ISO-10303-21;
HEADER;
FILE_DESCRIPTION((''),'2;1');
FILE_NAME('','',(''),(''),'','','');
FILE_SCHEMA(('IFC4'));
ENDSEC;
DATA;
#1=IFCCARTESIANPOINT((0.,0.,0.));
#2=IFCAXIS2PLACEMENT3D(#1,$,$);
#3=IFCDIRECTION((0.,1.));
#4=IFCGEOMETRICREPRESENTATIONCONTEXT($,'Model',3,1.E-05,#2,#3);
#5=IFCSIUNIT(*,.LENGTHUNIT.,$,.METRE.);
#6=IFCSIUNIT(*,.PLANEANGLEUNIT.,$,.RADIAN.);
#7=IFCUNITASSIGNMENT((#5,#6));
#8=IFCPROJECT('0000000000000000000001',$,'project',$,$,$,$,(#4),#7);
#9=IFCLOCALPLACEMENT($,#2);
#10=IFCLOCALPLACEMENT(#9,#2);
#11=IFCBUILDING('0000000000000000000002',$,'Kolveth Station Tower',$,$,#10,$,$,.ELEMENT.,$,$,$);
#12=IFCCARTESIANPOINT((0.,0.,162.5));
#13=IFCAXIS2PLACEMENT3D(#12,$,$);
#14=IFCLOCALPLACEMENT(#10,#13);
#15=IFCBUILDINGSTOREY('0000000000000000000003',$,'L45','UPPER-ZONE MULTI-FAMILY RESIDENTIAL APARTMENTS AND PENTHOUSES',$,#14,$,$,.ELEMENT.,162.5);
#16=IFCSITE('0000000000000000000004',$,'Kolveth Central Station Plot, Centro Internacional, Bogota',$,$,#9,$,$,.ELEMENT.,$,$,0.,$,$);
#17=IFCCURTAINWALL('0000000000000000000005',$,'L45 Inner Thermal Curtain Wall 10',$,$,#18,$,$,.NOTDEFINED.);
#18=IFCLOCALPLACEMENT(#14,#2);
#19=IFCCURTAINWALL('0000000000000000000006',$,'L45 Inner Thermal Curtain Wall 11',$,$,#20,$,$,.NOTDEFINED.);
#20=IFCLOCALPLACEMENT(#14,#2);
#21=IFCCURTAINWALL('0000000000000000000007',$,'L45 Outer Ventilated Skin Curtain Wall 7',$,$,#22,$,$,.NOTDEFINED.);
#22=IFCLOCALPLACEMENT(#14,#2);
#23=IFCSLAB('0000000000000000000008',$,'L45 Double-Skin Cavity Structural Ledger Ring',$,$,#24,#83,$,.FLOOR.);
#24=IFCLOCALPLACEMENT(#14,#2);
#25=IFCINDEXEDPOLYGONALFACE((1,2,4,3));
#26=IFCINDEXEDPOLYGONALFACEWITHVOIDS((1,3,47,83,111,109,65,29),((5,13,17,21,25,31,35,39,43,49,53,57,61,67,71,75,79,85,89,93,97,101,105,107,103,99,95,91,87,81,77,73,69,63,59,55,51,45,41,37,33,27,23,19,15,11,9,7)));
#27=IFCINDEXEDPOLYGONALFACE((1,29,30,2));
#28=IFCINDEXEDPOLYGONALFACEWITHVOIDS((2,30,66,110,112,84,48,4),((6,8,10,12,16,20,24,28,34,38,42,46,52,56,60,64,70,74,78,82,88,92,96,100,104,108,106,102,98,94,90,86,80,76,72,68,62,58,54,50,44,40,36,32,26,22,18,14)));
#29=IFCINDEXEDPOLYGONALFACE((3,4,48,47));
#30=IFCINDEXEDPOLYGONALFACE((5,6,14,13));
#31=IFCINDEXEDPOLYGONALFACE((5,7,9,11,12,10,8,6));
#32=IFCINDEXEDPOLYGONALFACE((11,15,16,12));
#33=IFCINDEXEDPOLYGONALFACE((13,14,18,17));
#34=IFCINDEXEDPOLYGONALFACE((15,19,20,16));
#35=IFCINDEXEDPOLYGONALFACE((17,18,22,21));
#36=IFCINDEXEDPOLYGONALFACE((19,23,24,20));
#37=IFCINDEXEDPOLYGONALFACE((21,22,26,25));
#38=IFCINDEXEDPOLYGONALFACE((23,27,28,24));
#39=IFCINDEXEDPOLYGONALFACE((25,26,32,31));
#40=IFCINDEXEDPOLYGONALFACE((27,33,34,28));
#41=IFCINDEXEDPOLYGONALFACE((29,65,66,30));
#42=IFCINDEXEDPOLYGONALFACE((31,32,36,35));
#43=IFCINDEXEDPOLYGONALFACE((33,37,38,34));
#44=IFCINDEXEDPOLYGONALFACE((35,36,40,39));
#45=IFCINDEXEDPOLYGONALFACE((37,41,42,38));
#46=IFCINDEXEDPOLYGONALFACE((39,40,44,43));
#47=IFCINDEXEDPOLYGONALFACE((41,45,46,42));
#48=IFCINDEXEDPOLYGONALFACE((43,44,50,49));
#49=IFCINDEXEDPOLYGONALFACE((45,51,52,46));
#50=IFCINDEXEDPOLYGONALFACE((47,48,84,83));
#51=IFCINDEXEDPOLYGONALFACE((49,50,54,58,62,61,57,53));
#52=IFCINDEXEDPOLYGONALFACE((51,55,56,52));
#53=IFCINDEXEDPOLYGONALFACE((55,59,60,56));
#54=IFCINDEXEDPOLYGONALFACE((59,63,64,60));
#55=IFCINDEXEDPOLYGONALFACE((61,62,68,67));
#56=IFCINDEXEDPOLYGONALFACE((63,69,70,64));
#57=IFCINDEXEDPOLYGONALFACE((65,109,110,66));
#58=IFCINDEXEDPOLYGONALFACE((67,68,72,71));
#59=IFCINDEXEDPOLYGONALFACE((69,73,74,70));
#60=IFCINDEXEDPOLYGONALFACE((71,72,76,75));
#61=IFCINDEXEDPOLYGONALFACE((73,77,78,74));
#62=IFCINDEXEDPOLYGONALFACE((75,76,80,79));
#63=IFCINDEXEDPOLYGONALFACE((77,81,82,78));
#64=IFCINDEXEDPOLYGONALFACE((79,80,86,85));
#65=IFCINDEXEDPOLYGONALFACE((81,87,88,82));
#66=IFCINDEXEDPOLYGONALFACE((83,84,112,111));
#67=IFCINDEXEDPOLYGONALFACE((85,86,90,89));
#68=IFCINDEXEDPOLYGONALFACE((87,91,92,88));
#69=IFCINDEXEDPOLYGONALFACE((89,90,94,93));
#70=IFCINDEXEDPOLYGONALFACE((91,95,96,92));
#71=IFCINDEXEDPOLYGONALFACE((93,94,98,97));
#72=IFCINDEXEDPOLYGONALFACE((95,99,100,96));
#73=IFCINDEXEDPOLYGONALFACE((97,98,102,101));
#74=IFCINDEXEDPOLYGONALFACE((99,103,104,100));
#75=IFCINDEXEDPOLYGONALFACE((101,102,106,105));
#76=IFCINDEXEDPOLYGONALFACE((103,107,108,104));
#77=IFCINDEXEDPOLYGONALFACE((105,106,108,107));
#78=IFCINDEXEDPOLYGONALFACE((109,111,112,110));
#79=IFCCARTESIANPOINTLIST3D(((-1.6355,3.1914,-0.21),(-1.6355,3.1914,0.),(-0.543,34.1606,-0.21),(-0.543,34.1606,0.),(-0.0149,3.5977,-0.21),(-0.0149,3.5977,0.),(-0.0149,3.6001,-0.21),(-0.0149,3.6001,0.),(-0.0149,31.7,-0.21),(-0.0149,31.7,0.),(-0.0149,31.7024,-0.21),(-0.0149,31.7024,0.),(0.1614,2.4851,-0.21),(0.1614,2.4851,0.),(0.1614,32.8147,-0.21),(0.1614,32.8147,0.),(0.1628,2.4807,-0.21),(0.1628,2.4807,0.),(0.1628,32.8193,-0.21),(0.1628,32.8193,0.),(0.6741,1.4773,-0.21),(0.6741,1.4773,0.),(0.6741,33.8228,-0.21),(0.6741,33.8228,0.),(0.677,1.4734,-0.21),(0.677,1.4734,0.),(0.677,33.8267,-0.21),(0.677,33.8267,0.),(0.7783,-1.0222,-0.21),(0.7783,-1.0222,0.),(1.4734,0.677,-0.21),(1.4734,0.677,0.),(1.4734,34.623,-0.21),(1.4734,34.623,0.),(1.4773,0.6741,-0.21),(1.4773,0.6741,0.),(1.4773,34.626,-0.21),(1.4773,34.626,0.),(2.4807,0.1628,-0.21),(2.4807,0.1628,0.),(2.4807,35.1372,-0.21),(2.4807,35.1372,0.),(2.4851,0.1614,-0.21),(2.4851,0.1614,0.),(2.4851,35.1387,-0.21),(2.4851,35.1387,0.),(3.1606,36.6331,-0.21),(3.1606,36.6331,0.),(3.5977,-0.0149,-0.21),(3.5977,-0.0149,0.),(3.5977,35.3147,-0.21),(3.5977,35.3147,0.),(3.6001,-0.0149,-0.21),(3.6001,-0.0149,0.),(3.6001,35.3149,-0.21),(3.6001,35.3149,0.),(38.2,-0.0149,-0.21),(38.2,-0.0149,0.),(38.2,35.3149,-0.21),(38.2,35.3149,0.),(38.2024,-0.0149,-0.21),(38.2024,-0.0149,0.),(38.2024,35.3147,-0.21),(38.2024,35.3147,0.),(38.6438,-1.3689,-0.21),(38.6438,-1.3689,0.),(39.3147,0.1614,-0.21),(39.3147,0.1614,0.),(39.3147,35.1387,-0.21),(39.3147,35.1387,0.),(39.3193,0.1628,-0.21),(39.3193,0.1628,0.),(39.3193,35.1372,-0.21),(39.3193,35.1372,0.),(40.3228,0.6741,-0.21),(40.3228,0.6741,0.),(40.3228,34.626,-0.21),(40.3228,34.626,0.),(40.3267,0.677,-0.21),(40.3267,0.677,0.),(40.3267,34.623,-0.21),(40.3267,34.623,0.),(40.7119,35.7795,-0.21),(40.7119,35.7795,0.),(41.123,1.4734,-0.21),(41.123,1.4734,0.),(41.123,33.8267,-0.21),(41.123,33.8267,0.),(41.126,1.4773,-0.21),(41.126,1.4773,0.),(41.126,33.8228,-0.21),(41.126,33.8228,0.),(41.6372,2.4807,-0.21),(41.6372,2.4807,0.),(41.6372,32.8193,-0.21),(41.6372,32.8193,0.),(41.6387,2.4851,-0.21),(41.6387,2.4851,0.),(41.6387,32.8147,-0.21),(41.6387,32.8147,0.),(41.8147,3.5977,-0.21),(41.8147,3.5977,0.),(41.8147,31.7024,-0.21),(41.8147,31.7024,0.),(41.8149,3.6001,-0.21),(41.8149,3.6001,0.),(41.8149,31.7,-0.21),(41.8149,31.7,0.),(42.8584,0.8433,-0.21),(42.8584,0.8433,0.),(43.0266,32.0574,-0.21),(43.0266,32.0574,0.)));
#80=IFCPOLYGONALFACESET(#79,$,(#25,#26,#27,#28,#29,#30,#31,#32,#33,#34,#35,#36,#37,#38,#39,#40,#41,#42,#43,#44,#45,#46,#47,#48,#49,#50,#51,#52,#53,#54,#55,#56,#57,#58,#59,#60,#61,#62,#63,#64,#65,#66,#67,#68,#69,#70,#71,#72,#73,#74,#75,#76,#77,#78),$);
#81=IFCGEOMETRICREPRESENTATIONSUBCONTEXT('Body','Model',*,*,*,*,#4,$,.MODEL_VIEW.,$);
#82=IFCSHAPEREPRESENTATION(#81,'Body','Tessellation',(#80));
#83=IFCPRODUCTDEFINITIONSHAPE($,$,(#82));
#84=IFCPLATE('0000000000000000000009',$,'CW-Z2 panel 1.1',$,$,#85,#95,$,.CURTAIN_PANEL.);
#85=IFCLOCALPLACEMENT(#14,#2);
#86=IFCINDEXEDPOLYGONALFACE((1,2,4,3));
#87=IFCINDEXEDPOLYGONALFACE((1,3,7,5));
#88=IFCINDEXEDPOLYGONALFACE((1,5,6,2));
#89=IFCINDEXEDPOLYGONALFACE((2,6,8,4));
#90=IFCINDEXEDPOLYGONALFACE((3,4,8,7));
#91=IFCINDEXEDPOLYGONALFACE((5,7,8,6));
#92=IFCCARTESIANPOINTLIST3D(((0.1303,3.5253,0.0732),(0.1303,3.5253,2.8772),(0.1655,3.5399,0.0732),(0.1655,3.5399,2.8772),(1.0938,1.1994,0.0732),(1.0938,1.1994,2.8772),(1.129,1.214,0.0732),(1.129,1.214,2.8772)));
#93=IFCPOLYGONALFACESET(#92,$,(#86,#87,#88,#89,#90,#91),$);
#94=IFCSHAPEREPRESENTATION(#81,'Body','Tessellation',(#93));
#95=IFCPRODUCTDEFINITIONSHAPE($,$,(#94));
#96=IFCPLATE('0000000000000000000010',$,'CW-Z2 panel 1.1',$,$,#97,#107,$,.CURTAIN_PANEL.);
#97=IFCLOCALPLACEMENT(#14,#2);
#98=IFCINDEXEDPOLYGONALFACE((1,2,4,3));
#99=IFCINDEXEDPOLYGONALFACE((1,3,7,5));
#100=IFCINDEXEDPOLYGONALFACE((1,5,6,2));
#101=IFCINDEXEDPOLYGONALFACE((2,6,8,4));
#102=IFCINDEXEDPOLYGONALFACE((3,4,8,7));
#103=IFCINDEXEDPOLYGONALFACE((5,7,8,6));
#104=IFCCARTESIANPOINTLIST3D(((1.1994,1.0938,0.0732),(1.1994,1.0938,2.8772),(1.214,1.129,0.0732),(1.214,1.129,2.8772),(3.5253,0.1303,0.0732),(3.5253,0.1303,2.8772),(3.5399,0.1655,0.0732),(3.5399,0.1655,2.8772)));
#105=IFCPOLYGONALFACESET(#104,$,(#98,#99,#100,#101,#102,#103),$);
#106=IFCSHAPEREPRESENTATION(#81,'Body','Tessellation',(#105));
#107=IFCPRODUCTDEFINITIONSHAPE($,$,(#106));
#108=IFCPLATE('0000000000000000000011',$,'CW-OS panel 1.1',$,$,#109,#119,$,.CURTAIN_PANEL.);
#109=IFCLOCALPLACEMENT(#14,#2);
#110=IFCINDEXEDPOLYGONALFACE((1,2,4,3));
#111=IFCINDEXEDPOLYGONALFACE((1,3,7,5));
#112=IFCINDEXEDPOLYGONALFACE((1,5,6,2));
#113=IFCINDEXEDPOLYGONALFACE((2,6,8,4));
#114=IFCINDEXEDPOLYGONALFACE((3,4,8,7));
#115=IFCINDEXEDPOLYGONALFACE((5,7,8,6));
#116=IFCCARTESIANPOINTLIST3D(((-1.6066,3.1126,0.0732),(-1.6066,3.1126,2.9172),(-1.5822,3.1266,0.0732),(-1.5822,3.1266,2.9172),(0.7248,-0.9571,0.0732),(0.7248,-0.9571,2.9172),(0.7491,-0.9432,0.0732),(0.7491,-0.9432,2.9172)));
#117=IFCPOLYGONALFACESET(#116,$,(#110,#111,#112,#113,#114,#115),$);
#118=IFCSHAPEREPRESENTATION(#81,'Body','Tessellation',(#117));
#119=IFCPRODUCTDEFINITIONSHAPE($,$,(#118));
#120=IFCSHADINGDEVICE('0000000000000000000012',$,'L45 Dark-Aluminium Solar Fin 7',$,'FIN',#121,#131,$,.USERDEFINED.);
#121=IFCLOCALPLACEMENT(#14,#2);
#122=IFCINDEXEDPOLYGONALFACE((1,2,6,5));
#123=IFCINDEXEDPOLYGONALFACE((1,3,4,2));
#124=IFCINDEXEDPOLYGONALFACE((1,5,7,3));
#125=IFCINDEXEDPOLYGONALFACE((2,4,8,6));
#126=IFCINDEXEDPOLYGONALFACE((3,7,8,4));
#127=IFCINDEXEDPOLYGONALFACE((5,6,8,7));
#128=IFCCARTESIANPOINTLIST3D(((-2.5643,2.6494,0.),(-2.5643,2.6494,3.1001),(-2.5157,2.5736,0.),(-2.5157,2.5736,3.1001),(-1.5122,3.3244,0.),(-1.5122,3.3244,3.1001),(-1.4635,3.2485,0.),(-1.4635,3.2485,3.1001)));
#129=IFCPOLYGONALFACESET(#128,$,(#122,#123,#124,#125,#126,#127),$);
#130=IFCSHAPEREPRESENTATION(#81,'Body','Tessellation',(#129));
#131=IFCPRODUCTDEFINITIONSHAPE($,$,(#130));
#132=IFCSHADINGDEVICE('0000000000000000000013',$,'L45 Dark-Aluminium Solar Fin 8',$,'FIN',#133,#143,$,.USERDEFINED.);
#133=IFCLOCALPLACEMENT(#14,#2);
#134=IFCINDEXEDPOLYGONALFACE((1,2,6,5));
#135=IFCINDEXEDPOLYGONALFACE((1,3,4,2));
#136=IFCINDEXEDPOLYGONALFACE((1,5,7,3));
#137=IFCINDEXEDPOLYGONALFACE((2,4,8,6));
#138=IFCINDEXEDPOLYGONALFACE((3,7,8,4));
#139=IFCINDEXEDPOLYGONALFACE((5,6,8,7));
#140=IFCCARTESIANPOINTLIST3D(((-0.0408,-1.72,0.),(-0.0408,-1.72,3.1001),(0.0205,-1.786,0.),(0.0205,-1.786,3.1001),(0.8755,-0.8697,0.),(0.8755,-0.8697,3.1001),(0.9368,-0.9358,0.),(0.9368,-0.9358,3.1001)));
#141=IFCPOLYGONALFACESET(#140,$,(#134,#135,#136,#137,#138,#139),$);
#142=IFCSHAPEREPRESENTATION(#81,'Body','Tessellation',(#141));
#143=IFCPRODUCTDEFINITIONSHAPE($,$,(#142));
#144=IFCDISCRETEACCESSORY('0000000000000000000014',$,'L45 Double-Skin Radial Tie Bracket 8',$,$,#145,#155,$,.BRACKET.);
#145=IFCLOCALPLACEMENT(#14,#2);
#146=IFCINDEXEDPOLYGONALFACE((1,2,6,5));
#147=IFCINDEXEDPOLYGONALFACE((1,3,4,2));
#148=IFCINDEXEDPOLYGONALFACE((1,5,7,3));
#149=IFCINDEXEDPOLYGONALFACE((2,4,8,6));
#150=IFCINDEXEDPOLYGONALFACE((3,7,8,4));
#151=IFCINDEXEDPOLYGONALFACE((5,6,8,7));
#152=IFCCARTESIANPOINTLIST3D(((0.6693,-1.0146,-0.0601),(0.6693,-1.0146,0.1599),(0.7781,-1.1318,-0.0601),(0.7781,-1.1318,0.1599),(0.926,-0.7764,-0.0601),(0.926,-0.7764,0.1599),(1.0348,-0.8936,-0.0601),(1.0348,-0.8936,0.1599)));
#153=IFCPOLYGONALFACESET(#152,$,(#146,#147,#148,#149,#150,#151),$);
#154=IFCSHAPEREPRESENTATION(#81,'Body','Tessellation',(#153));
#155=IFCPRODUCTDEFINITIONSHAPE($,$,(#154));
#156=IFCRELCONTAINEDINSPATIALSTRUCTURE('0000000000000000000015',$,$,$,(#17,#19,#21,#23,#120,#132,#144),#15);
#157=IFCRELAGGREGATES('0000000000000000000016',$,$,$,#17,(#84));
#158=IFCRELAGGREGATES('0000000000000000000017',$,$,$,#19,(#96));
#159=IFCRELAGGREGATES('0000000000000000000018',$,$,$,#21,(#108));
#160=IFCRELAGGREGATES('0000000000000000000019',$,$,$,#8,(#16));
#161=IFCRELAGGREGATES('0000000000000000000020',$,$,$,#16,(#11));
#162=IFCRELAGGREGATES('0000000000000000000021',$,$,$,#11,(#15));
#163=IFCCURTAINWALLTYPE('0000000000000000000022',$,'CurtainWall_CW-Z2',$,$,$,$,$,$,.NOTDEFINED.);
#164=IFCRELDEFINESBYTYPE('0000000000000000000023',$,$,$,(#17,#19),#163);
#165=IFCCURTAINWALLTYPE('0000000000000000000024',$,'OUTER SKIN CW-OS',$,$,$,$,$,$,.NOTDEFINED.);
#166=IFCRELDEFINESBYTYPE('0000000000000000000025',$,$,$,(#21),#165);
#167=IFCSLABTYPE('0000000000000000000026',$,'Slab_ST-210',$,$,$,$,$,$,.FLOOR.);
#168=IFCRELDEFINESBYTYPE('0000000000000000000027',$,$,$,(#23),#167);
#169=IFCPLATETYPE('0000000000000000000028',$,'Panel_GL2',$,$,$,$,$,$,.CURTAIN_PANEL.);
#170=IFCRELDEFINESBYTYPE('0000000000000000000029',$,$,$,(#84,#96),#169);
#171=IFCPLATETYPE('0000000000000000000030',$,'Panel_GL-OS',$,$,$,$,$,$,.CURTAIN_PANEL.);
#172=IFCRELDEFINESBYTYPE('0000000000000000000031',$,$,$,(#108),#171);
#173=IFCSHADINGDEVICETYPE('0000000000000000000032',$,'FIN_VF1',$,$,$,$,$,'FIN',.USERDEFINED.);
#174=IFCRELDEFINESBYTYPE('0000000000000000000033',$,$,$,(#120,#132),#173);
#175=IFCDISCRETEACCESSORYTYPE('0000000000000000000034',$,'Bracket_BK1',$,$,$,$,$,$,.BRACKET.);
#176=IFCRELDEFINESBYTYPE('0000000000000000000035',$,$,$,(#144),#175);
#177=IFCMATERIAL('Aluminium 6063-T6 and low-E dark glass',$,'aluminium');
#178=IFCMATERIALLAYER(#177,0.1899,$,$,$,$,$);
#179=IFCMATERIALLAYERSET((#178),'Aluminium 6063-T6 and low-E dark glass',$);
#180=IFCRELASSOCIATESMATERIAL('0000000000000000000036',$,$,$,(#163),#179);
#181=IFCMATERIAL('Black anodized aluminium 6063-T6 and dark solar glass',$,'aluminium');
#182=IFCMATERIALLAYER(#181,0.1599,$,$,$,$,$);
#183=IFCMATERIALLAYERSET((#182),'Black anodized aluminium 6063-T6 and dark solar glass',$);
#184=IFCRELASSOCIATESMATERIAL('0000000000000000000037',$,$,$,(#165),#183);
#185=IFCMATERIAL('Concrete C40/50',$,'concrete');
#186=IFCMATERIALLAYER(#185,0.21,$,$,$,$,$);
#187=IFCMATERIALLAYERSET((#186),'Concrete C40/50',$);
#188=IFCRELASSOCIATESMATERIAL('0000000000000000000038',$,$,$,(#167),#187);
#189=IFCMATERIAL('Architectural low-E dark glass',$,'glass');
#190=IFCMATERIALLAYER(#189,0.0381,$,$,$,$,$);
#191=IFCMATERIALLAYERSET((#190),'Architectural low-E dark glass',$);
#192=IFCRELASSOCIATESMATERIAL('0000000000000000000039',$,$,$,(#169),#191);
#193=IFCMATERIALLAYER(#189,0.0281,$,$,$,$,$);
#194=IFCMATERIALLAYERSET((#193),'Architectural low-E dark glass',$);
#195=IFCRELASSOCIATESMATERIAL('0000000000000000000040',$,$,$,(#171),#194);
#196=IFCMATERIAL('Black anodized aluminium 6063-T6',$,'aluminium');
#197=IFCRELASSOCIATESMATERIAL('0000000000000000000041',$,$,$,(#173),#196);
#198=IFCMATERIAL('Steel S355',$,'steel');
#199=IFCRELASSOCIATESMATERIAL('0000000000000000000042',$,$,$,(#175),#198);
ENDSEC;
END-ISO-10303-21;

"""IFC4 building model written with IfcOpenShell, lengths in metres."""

from ifc_helpers import new_model, si_unit, direction, frame, origin, origin_2d, place, context, subcontext, project, spatial, polyline, rectangle, outline, extrude, source, transform, mapped, material, layer, layer_set, type_object, element, aggregate, save


model = new_model("IFC4")

# Units and contexts
model_context = context("Model", 3, precision=1e-05, world=origin(), true_north=direction((0.0, 1.0)))
body_context = subcontext(model_context, "Body", "Model", "MODEL_VIEW")
ifc_project = project(units=[si_unit("LENGTHUNIT", "METRE"), si_unit("PLANEANGLEUNIT", "RADIAN")], contexts=[model_context])

# Site, building, storey
site_placement = place(None, origin())
site = spatial("IfcSite", under=ifc_project, at=site_placement, Name="Kolveth Central Station Plot, Centro Internacional, Bogota", CompositionType="ELEMENT", RefElevation=0.0)
building_placement = place(site_placement, origin())
building = spatial("IfcBuilding", under=site, at=building_placement, Name="Kolveth Station Tower", CompositionType="ELEMENT")
storey_placement = place(building_placement, frame((0.0, 0.0, 162.5)))
storey = spatial("IfcBuildingStorey", under=building, at=storey_placement, Name="L45", Description="UPPER-ZONE MULTI-FAMILY RESIDENTIAL APARTMENTS AND PENTHOUSES", CompositionType="ELEMENT", Elevation=162.5)

# Curtain wall
ifc_material_1 = material(Name="Aluminium 6063-T6 and low-E dark glass", Category="aluminium")
ifc_layer_1 = layer(ifc_material_1, 0.1899)
ifc_layer_set_1 = layer_set([ifc_layer_1], Name="Aluminium 6063-T6 and low-E dark glass")
curtain_wall_type_1 = type_object("IfcCurtainWallType", Name="CurtainWall_CW-Z2", PredefinedType="NOTDEFINED", material=ifc_layer_set_1)
curtain_wall_1_placement = place(storey_placement, origin())
curtain_wall_1 = element("IfcCurtainWall", 1, at=curtain_wall_1_placement, inside=storey, type_object=curtain_wall_type_1, Name="L45 Inner Thermal Curtain Wall 10", PredefinedType="NOTDEFINED")
ifc_material_2 = material(Name="Black anodized aluminium 6063-T6", Category="aluminium")

# Curtain wall
curtain_wall_2_placement = place(storey_placement, origin())
curtain_wall_2 = element("IfcCurtainWall", 2, at=curtain_wall_2_placement, inside=storey, type_object=curtain_wall_type_1, Name="L45 Inner Thermal Curtain Wall 11", PredefinedType="NOTDEFINED")

# Curtain wall
ifc_material_3 = material(Name="Black anodized aluminium 6063-T6 and dark solar glass", Category="aluminium")
ifc_layer_2 = layer(ifc_material_3, 0.1599)
ifc_layer_set_2 = layer_set([ifc_layer_2], Name="Black anodized aluminium 6063-T6 and dark solar glass")
curtain_wall_type_2 = type_object("IfcCurtainWallType", Name="OUTER SKIN CW-OS", PredefinedType="NOTDEFINED", material=ifc_layer_set_2)
curtain_wall_3_placement = place(storey_placement, origin())
curtain_wall_3 = element("IfcCurtainWall", 3, at=curtain_wall_3_placement, inside=storey, type_object=curtain_wall_type_2, Name="L45 Outer Ventilated Skin Curtain Wall 7", PredefinedType="NOTDEFINED")

# Shared definitions
ifc_material_4 = material(Name="Concrete C40/50", Category="concrete")

# Slab
ifc_layer_3 = layer(ifc_material_4, 0.21)
ifc_layer_set_3 = layer_set([ifc_layer_3], Name="Concrete C40/50")
slab_type_1 = type_object("IfcSlabType", Name="Slab_ST-210", PredefinedType="FLOOR", material=ifc_layer_set_3)
slab_1_placement = place(storey_placement, frame((0.0, 0.0, -0.21)))
element("IfcSlab", 4, at=slab_1_placement, inside=storey, type_object=slab_type_1, Name="L45 Double-Skin Cavity Structural Ledger Ring", PredefinedType="FLOOR", context=body_context, shape_type="SweptSolid", body=[
    extrude(outline(polyline([(0.7783, -1.0222), (-1.6355, 3.1914), (-0.543, 34.1606), (3.1606, 36.6331), (40.7119, 35.7795), (43.0266, 32.0574), (42.8584, 0.8433), (38.6438, -1.3689), (0.7783, -1.0222)]), holes=[polyline([(38.2024, -0.0149), (39.3147, 0.1614), (39.3193, 0.1628), (40.3228, 0.6741), (40.3267, 0.677), (41.123, 1.4734), (41.126, 1.4773), (41.6372, 2.4807), (41.6387, 2.4851), (41.8147, 3.5977), (41.8149, 3.6001), (41.8149, 31.7), (41.8147, 31.7024), (41.6387, 32.8147), (41.6372, 32.8193), (41.126, 33.8228), (41.123, 33.8267), (40.3267, 34.623), (40.3228, 34.626), (39.3193, 35.1372), (39.3147, 35.1387), (38.2024, 35.3147), (38.2, 35.3149), (3.6001, 35.3149), (3.5977, 35.3147), (2.4851, 35.1387), (2.4807, 35.1372), (1.4773, 34.626), (1.4734, 34.623), (0.677, 33.8267), (0.6741, 33.8228), (0.1628, 32.8193), (0.1614, 32.8147), (-0.0149, 31.7024), (-0.0149, 31.7), (-0.0149, 3.6001), (-0.0149, 3.5977), (0.1614, 2.4851), (0.1628, 2.4807), (0.6741, 1.4773), (0.677, 1.4734), (1.4734, 0.677), (1.4773, 0.6741), (2.4807, 0.1628), (2.4851, 0.1614), (3.5977, -0.0149), (3.6001, -0.0149), (38.2, -0.0149), (38.2024, -0.0149)])]), origin(), (0.0, 0.0, 1.0), 0.21),
])

# Plates
ifc_material_5 = material(Name="Architectural low-E dark glass", Category="glass")
ifc_layer_4 = layer(ifc_material_5, 0.0381)
ifc_layer_set_4 = layer_set([ifc_layer_4], Name="Architectural low-E dark glass")
plate_type_1 = type_object("IfcPlateType", Name="Panel_GL2", PredefinedType="CURTAIN_PANEL", material=ifc_layer_set_4)
shared_shape_1 = source(origin(), body_context, "Body", "SweptSolid", [
    extrude(rectangle(XDim=2.5176, YDim=0.0381, at=origin_2d()), origin(), (0.0, 0.0, 1.0), 2.804),
])
plate_1_placement = place(storey_placement, frame((0.6296, 2.3696, 0.0732), z_axis=(0.0, 0.0, 1.0), x_axis=(0.382698, -0.923874, 0.0)))
plate_1 = element("IfcPlate", 5, at=plate_1_placement, type_object=plate_type_1, Name="CW-Z2 panel 1.1", PredefinedType="CURTAIN_PANEL", context=body_context, shape_type="MappedRepresentation", body=[
    mapped(shared_shape_1, transform((0.0, 0.0, 0.0), x_axis=(1.0, 0.0, 0.0), y_axis=(0.0, 1.0, 0.0), z_axis=(0.0, 0.0, 1.0), scale=1.0)),
])
aggregate(curtain_wall_1, [plate_1])
plate_2_placement = place(storey_placement, frame((2.3696, 0.6296, 0.0732), z_axis=(0.0, 0.0, 1.0), x_axis=(0.923874, -0.382698, 0.0)))
plate_2 = element("IfcPlate", 6, at=plate_2_placement, type_object=plate_type_1, Name="CW-Z2 panel 1.1", PredefinedType="CURTAIN_PANEL", context=body_context, shape_type="MappedRepresentation", body=[
    mapped(shared_shape_1, transform((0.0, 0.0, 0.0), x_axis=(1.0, 0.0, 0.0), y_axis=(0.0, 1.0, 0.0), z_axis=(0.0, 0.0, 1.0), scale=1.0)),
])
aggregate(curtain_wall_2, [plate_2])
ifc_layer_5 = layer(ifc_material_5, 0.0281)
ifc_layer_set_5 = layer_set([ifc_layer_5], Name="Architectural low-E dark glass")
plate_type_2 = type_object("IfcPlateType", Name="Panel_GL-OS", PredefinedType="CURTAIN_PANEL", material=ifc_layer_set_5)
shared_shape_2 = source(origin(), body_context, "Body", "SweptSolid", [
    extrude(rectangle(XDim=4.6902, YDim=0.0281, at=origin_2d()), origin(), (0.0, 0.0, 1.0), 2.844),
])
plate_3_placement = place(storey_placement, frame((-0.4287, 1.0847, 0.0732), z_axis=(0.0, 0.0, 1.0), x_axis=(0.497066, -0.867713, 0.0)))
plate_3 = element("IfcPlate", 7, at=plate_3_placement, type_object=plate_type_2, Name="CW-OS panel 1.1", PredefinedType="CURTAIN_PANEL", context=body_context, shape_type="MappedRepresentation", body=[
    mapped(shared_shape_2, transform((0.0, 0.0, 0.0), x_axis=(1.0, 0.0, 0.0), y_axis=(0.0, 1.0, 0.0), z_axis=(0.0, 0.0, 1.0), scale=1.0)),
])
aggregate(curtain_wall_3, [plate_3])

# Shading devices
shading_device_type = type_object("IfcShadingDeviceType", Name="FIN_VF1", ElementType="FIN", PredefinedType="USERDEFINED", material=ifc_material_2)
shared_shape_3 = source(origin(), body_context, "Body", "SweptSolid", [
    extrude(rectangle(XDim=1.25, YDim=0.0901, at=origin_2d()), origin(), (0.0, 0.0, 1.0), 3.1001),
])
for number, where, z_axis, x_axis, name in (
    (8, (-2.0139, 2.949, 0.0), (0.0, 0.0, 1.0), (-0.841699, -0.539947, 0.0), "L45 Dark-Aluminium Solar Fin 7"),
    (9, (0.448, -1.3279, 0.0), (0.0, 0.0, 1.0), (-0.733018, -0.680209, 0.0), "L45 Dark-Aluminium Solar Fin 8"),
):
    element("IfcShadingDevice", number, at=place(storey_placement, frame(where, z_axis=z_axis, x_axis=x_axis)), inside=storey, type_object=shading_device_type, Name=name, ObjectType="FIN", PredefinedType="USERDEFINED", context=body_context, shape_type="MappedRepresentation", body=[
        mapped(shared_shape_3, transform((0.0, 0.0, 0.0), x_axis=(1.0, 0.0, 0.0), y_axis=(0.0, 1.0, 0.0), z_axis=(0.0, 0.0, 1.0), scale=1.0)),
    ])

# Discrete accessory
ifc_material_6 = material(Name="Steel S355", Category="steel")
discrete_accessory_type = type_object("IfcDiscreteAccessoryType", Name="Bracket_BK1", PredefinedType="BRACKET", material=ifc_material_6)
shared_shape_4 = source(origin(), body_context, "Body", "SweptSolid", [
    extrude(rectangle(XDim=0.3501, YDim=0.1599, at=origin_2d()), origin(), (0.0, 0.0, 1.0), 0.22),
])
discrete_accessory_placement = place(storey_placement, frame((0.8521, -0.9541, -0.0601), z_axis=(0.0, 0.0, 1.0), x_axis=(-0.733018, -0.680209, 0.0)))
element("IfcDiscreteAccessory", 10, at=discrete_accessory_placement, inside=storey, type_object=discrete_accessory_type, Name="L45 Double-Skin Radial Tie Bracket 8", PredefinedType="BRACKET", context=body_context, shape_type="MappedRepresentation", body=[
    mapped(shared_shape_4, transform((0.0, 0.0, 0.0), x_axis=(1.0, 0.0, 0.0), y_axis=(0.0, 1.0, 0.0), z_axis=(0.0, 0.0, 1.0), scale=1.0)),
])

save(model, "model.ifc")
